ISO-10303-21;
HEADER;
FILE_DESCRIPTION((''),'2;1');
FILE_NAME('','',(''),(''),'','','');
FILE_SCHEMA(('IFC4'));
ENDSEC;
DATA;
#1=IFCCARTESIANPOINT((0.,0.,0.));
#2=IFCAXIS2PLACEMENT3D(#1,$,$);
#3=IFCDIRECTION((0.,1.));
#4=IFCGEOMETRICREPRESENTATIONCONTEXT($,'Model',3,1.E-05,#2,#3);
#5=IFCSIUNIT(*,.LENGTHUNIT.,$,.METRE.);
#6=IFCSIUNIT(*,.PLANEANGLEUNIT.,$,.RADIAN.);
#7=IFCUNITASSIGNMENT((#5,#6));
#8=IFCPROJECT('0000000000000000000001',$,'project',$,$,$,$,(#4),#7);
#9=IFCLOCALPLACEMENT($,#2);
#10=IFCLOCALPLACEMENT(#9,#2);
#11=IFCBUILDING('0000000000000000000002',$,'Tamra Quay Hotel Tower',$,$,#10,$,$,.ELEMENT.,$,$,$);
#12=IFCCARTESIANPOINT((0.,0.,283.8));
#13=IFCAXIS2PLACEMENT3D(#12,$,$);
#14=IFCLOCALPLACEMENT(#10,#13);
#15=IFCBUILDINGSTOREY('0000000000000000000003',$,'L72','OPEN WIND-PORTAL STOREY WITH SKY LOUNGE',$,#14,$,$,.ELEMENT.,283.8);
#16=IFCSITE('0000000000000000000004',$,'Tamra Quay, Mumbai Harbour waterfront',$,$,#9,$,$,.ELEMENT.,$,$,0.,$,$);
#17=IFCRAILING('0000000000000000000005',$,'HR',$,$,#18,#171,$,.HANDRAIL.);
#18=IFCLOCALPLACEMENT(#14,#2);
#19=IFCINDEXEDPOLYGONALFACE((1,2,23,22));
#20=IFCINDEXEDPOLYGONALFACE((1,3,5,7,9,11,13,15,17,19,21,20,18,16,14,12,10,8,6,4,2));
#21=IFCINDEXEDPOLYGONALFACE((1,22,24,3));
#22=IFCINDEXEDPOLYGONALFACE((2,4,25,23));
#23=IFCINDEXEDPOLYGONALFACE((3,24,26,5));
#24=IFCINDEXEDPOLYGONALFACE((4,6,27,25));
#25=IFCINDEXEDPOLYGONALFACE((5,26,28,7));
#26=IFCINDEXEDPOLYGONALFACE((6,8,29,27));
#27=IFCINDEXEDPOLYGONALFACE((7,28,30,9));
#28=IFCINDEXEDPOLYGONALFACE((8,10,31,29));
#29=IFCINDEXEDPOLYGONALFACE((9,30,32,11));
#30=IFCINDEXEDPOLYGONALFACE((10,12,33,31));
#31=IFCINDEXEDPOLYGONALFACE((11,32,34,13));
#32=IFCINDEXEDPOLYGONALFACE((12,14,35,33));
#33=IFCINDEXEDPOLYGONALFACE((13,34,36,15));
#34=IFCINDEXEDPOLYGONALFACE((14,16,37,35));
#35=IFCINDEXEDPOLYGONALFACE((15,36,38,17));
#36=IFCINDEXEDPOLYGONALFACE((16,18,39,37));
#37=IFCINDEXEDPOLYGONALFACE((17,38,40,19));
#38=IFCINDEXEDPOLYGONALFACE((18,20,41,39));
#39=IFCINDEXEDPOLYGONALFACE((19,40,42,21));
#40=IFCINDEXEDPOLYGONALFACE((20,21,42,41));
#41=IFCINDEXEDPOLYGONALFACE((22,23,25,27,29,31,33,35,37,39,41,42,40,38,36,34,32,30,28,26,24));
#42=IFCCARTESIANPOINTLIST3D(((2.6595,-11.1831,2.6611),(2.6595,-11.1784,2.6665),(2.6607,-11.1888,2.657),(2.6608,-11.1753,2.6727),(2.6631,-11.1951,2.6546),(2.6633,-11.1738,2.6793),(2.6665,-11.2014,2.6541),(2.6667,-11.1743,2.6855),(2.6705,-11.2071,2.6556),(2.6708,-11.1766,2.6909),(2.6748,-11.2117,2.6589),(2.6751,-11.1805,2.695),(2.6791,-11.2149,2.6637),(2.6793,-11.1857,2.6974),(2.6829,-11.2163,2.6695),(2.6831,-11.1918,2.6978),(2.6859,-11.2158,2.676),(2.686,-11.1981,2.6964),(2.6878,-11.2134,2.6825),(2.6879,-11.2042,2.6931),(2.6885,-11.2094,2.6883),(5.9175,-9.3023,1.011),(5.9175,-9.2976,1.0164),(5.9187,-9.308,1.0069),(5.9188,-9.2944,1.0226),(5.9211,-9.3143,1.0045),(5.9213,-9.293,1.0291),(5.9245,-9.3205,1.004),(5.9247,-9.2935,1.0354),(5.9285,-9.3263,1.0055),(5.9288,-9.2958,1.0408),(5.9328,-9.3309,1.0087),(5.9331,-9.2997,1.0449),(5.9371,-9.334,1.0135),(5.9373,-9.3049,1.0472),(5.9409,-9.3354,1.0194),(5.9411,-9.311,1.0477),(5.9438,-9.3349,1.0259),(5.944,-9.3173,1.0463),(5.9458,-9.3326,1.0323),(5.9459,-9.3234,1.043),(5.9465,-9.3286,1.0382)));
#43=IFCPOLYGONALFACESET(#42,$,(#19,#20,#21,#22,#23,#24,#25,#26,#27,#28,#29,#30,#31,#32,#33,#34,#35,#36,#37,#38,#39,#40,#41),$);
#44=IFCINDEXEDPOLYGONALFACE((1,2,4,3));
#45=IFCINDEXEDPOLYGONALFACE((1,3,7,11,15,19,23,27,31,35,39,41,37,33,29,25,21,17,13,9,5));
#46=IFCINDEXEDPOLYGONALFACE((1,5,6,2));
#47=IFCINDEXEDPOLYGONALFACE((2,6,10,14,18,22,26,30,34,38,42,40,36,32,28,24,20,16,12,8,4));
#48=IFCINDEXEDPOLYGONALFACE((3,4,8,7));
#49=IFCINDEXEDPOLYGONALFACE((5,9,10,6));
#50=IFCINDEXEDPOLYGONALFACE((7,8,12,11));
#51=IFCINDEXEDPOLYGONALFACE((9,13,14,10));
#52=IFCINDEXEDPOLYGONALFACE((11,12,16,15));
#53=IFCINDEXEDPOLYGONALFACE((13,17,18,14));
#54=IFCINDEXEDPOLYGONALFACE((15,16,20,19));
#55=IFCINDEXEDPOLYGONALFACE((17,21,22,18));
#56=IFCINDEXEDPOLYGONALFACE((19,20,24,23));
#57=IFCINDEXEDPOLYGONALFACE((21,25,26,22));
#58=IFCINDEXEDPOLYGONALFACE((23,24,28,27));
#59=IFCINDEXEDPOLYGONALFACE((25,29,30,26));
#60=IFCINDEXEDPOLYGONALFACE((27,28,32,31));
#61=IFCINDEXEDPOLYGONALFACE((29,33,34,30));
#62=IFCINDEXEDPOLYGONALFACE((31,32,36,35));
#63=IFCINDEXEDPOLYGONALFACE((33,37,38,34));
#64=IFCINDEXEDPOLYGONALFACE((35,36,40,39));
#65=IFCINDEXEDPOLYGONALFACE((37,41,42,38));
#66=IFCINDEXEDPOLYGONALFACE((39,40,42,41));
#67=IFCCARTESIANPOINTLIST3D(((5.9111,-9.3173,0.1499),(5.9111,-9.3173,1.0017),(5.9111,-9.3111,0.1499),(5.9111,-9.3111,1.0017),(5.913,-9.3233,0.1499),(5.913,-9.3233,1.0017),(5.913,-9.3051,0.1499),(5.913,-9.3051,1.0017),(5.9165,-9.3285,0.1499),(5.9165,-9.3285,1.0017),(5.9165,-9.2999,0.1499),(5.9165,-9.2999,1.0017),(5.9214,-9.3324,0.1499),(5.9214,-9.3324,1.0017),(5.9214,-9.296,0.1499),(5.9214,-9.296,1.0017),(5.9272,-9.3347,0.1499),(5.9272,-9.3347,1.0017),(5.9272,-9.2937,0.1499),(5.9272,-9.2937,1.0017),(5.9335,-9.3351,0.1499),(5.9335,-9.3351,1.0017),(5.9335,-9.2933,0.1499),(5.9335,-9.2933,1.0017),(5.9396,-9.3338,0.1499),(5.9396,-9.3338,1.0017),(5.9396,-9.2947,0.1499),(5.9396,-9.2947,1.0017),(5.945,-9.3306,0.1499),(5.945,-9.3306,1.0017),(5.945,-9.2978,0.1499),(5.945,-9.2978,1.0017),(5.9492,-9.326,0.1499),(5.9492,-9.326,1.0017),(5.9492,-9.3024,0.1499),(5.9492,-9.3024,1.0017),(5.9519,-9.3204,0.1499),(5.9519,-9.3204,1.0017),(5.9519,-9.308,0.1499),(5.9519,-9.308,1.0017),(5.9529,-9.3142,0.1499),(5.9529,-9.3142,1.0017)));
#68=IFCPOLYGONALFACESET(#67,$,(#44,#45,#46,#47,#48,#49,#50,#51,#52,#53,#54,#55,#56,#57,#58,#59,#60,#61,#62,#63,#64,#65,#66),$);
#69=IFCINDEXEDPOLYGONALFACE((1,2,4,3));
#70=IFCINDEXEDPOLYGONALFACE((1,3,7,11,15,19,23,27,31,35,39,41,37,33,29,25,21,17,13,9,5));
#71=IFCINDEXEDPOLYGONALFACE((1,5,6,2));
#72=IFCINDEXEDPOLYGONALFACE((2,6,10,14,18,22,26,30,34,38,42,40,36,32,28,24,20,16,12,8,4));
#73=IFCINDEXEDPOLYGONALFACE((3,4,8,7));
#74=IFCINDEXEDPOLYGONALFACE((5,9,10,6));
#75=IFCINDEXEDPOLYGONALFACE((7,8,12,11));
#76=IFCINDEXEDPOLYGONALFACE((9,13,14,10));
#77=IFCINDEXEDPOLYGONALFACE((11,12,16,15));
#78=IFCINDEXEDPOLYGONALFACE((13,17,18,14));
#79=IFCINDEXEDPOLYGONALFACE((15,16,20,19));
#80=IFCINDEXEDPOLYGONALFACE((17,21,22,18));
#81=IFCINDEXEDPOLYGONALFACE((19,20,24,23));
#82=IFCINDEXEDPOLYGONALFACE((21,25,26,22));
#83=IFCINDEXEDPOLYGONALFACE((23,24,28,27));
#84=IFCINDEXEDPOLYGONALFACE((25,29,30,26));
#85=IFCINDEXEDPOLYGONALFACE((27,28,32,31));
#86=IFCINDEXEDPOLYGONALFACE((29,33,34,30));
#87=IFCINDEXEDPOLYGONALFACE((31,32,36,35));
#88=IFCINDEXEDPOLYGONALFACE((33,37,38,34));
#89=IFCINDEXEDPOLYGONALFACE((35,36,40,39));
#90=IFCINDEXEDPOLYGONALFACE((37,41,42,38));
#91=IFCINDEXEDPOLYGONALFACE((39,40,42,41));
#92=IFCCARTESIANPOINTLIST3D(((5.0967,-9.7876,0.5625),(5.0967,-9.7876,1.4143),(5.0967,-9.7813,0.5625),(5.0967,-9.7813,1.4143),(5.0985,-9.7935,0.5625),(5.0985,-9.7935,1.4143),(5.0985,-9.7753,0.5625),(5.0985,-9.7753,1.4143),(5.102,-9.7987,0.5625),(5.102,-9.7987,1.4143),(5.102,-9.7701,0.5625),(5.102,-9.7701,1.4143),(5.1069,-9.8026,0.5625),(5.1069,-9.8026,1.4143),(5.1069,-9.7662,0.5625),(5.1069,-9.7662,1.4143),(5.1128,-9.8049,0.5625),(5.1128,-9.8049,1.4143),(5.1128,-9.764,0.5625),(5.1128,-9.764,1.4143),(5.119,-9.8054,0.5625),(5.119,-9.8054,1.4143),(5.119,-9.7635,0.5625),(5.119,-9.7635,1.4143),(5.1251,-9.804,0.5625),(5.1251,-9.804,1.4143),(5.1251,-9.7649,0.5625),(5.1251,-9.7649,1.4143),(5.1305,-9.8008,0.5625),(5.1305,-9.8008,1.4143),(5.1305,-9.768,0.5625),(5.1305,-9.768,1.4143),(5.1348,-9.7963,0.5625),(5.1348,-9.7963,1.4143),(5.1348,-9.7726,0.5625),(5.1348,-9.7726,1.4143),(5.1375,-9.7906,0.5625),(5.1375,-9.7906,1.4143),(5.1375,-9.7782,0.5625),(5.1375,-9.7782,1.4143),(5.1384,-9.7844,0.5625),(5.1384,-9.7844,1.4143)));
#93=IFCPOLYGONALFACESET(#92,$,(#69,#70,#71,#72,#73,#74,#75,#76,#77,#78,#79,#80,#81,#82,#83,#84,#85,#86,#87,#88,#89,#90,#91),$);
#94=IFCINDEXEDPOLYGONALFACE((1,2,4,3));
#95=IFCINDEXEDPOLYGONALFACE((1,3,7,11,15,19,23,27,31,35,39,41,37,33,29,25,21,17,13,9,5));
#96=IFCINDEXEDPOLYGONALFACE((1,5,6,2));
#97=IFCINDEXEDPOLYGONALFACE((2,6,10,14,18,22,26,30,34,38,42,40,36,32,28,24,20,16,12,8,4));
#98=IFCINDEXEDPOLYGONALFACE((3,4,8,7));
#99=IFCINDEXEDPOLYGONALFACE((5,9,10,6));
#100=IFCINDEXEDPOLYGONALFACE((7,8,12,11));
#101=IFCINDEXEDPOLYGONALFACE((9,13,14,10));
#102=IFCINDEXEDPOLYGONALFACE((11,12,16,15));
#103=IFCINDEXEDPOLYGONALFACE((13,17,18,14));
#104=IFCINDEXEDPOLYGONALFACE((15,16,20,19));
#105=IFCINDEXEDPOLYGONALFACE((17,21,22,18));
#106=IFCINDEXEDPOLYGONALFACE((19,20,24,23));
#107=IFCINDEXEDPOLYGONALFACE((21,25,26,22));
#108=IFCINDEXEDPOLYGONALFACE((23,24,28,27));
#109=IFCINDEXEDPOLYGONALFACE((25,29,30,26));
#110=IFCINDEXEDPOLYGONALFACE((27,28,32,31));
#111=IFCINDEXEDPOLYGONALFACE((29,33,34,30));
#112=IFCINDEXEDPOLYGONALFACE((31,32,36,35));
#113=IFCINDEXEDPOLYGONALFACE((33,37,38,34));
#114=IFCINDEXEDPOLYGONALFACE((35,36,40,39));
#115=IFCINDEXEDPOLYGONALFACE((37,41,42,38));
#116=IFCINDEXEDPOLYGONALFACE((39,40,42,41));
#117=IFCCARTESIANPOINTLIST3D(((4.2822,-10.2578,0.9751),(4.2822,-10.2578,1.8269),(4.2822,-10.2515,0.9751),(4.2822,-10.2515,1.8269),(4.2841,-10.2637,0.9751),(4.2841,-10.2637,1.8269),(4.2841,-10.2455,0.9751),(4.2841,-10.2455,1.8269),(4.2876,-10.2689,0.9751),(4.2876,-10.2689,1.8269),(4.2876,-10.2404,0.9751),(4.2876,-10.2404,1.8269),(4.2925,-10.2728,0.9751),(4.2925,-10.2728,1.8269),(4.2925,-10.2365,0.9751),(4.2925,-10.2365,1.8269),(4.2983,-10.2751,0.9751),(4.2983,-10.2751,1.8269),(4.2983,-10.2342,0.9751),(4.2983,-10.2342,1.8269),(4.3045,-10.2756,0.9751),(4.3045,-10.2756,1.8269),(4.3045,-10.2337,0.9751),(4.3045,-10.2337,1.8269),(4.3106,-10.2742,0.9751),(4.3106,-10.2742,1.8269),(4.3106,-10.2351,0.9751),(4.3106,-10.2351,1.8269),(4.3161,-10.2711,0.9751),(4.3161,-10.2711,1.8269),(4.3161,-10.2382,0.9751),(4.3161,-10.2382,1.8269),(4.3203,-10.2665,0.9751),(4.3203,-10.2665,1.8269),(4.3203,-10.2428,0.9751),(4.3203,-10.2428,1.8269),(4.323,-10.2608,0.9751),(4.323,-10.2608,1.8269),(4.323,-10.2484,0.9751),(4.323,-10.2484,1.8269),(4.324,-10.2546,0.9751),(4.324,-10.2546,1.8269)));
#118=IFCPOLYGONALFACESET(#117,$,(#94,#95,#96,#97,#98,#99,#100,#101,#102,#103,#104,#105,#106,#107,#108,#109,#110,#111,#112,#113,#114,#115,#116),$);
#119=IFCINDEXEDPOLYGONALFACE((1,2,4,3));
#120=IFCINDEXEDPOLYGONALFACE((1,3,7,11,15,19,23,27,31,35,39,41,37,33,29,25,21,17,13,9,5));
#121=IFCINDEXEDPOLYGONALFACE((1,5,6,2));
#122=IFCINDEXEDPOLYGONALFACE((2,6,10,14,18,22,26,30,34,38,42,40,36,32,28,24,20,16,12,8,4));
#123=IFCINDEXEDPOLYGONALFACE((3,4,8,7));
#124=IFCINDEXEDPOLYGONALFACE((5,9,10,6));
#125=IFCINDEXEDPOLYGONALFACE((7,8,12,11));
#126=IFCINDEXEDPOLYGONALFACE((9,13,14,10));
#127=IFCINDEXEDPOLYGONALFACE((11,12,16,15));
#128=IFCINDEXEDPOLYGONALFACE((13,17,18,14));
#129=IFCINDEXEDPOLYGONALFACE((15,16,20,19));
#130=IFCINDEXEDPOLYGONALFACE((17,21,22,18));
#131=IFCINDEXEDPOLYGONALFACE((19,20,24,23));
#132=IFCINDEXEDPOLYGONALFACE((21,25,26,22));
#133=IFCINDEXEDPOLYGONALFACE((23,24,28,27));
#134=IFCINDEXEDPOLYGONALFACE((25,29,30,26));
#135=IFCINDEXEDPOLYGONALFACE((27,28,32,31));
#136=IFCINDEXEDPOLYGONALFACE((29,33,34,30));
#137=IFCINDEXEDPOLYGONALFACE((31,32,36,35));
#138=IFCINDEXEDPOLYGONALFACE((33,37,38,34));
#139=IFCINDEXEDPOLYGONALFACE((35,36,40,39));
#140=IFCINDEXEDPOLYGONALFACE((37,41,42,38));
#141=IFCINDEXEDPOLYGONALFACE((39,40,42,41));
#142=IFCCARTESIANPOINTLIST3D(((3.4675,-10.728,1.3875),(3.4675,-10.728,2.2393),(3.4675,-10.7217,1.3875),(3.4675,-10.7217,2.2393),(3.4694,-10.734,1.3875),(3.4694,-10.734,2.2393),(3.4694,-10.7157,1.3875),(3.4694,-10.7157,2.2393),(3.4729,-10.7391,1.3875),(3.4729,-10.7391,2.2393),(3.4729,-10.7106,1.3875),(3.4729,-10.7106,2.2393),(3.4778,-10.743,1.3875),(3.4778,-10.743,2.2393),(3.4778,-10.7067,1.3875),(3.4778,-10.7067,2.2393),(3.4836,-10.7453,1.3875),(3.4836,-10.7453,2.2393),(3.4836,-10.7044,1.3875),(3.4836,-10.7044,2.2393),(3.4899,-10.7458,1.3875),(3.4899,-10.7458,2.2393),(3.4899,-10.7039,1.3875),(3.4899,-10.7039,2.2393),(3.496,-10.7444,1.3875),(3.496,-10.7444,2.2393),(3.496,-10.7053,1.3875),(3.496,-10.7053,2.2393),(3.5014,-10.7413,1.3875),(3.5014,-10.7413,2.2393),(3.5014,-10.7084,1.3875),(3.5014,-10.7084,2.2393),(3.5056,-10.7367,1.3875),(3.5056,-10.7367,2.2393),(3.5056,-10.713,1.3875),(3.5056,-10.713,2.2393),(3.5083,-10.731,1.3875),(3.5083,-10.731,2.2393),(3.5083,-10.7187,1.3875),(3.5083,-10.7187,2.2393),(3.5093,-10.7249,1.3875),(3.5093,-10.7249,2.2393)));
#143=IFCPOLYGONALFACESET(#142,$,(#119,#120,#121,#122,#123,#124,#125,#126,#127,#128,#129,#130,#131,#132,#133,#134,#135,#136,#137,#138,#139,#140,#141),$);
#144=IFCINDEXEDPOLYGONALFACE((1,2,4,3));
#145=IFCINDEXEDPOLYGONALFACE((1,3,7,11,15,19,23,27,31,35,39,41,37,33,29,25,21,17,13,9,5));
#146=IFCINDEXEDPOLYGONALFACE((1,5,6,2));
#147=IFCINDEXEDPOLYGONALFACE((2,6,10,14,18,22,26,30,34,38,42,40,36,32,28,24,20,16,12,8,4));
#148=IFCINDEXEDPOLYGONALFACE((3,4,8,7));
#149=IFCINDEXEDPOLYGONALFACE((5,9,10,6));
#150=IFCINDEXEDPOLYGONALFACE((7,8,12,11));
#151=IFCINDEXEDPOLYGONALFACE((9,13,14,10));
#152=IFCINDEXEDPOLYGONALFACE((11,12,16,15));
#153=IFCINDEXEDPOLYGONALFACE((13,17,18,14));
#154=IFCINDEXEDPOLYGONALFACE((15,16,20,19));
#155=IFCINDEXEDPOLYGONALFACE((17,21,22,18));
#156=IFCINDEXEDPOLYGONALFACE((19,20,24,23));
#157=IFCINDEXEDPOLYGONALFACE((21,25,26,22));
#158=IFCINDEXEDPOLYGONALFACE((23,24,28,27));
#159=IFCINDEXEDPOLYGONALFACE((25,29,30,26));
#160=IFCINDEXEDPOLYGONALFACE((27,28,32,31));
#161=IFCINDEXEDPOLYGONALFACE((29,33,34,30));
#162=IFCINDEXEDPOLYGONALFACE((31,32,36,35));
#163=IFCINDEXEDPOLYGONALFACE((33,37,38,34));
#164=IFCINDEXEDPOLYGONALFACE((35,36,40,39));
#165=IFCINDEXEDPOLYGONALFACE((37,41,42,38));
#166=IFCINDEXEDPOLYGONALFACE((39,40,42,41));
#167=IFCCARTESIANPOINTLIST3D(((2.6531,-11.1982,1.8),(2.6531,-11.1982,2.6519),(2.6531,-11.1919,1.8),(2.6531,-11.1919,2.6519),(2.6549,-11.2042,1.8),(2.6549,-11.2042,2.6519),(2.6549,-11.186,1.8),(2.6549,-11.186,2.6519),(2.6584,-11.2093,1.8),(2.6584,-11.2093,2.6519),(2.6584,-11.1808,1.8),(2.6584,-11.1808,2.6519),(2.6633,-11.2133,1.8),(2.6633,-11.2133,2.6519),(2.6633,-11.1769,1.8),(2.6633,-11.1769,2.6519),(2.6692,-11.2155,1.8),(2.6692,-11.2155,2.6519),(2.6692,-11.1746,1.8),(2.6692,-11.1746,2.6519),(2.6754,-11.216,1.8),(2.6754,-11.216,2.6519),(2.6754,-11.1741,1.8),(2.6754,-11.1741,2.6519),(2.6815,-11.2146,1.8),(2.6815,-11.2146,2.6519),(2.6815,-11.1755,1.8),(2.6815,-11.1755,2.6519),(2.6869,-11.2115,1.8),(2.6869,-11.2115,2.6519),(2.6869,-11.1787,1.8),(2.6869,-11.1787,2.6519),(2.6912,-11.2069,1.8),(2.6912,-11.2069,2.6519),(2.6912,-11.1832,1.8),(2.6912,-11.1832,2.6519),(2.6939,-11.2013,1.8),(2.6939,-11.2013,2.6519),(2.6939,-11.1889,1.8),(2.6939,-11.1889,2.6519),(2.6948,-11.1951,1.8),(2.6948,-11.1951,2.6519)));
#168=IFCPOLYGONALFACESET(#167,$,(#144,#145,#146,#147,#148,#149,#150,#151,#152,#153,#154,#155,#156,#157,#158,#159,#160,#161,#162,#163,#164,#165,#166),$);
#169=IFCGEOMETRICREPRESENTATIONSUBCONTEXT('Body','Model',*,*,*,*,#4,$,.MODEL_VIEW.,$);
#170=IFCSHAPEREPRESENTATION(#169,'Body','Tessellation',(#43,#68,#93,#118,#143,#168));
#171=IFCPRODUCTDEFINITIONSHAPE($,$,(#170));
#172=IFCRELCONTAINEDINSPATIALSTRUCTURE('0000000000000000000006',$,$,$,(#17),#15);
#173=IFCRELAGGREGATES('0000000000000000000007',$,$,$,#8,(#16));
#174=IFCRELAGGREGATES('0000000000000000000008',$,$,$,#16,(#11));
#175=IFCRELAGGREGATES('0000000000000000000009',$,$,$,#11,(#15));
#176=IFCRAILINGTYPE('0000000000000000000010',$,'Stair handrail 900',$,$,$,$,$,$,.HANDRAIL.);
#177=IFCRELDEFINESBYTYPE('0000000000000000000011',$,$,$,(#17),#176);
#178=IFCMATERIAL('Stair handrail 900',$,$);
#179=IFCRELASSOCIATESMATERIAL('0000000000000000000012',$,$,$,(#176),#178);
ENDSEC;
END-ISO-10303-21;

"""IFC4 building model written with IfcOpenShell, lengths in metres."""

from ifc_helpers import new_model, si_unit, direction, frame, origin, origin_2d, place, context, subcontext, project, spatial, circle, extrude, material, type_object, element, save


model = new_model("IFC4")

# Units and contexts
model_context = context("Model", 3, precision=1e-05, world=origin(), true_north=direction((0.0, 1.0)))
body_context = subcontext(model_context, "Body", "Model", "MODEL_VIEW")
ifc_project = project(units=[si_unit("LENGTHUNIT", "METRE"), si_unit("PLANEANGLEUNIT", "RADIAN")], contexts=[model_context])

# Site, building, storey
site_placement = place(None, origin())
site = spatial("IfcSite", under=ifc_project, at=site_placement, Name="Tamra Quay, Mumbai Harbour waterfront", CompositionType="ELEMENT", RefElevation=0.0)
building_placement = place(site_placement, origin())
building = spatial("IfcBuilding", under=site, at=building_placement, Name="Tamra Quay Hotel Tower", CompositionType="ELEMENT")
storey_placement = place(building_placement, frame((0.0, 0.0, 283.8)))
storey = spatial("IfcBuildingStorey", under=building, at=storey_placement, Name="L72", Description="OPEN WIND-PORTAL STOREY WITH SKY LOUNGE", CompositionType="ELEMENT", Elevation=283.8)

# Railing
ifc_material_1 = material(Name="Stair handrail 900")
railing_type_1 = type_object("IfcRailingType", Name="Stair handrail 900", PredefinedType="HANDRAIL", material=ifc_material_1)
railing_1_placement = place(storey_placement, frame((5.9319, -9.3142, 0.1499)))
element("IfcRailing", 1, at=railing_1_placement, inside=storey, type_object=railing_type_1, Name="HR", PredefinedType="HANDRAIL", context=body_context, shape_type="SweptSolid", body=[
    extrude(circle(Radius=0.0239, at=origin_2d()), frame((0.0, 0.0, 0.876), z_axis=(-0.793103, -0.457854, 0.401692), x_axis=(0.499964, -0.866046, 0.0)), (0.0, 0.0, 1.0), 4.1079),
    extrude(circle(Radius=0.021, at=origin_2d()), origin(), (0.0, 0.0, 1.0), 0.8518),
    extrude(circle(Radius=0.021, at=origin_2d()), frame((-0.8145, -0.4702, 0.4126)), (0.0, 0.0, 1.0), 0.8518),
    extrude(circle(Radius=0.021, at=origin_2d()), frame((-1.6289, -0.9404, 0.8252)), (0.0, 0.0, 1.0), 0.8518),
    extrude(circle(Radius=0.021, at=origin_2d()), frame((-2.4436, -1.4106, 1.2375)), (0.0, 0.0, 1.0), 0.8518),
    extrude(circle(Radius=0.021, at=origin_2d()), frame((-3.2581, -1.8809, 1.6501)), (0.0, 0.0, 1.0), 0.8518),
])

save(model, "model.ifc")
